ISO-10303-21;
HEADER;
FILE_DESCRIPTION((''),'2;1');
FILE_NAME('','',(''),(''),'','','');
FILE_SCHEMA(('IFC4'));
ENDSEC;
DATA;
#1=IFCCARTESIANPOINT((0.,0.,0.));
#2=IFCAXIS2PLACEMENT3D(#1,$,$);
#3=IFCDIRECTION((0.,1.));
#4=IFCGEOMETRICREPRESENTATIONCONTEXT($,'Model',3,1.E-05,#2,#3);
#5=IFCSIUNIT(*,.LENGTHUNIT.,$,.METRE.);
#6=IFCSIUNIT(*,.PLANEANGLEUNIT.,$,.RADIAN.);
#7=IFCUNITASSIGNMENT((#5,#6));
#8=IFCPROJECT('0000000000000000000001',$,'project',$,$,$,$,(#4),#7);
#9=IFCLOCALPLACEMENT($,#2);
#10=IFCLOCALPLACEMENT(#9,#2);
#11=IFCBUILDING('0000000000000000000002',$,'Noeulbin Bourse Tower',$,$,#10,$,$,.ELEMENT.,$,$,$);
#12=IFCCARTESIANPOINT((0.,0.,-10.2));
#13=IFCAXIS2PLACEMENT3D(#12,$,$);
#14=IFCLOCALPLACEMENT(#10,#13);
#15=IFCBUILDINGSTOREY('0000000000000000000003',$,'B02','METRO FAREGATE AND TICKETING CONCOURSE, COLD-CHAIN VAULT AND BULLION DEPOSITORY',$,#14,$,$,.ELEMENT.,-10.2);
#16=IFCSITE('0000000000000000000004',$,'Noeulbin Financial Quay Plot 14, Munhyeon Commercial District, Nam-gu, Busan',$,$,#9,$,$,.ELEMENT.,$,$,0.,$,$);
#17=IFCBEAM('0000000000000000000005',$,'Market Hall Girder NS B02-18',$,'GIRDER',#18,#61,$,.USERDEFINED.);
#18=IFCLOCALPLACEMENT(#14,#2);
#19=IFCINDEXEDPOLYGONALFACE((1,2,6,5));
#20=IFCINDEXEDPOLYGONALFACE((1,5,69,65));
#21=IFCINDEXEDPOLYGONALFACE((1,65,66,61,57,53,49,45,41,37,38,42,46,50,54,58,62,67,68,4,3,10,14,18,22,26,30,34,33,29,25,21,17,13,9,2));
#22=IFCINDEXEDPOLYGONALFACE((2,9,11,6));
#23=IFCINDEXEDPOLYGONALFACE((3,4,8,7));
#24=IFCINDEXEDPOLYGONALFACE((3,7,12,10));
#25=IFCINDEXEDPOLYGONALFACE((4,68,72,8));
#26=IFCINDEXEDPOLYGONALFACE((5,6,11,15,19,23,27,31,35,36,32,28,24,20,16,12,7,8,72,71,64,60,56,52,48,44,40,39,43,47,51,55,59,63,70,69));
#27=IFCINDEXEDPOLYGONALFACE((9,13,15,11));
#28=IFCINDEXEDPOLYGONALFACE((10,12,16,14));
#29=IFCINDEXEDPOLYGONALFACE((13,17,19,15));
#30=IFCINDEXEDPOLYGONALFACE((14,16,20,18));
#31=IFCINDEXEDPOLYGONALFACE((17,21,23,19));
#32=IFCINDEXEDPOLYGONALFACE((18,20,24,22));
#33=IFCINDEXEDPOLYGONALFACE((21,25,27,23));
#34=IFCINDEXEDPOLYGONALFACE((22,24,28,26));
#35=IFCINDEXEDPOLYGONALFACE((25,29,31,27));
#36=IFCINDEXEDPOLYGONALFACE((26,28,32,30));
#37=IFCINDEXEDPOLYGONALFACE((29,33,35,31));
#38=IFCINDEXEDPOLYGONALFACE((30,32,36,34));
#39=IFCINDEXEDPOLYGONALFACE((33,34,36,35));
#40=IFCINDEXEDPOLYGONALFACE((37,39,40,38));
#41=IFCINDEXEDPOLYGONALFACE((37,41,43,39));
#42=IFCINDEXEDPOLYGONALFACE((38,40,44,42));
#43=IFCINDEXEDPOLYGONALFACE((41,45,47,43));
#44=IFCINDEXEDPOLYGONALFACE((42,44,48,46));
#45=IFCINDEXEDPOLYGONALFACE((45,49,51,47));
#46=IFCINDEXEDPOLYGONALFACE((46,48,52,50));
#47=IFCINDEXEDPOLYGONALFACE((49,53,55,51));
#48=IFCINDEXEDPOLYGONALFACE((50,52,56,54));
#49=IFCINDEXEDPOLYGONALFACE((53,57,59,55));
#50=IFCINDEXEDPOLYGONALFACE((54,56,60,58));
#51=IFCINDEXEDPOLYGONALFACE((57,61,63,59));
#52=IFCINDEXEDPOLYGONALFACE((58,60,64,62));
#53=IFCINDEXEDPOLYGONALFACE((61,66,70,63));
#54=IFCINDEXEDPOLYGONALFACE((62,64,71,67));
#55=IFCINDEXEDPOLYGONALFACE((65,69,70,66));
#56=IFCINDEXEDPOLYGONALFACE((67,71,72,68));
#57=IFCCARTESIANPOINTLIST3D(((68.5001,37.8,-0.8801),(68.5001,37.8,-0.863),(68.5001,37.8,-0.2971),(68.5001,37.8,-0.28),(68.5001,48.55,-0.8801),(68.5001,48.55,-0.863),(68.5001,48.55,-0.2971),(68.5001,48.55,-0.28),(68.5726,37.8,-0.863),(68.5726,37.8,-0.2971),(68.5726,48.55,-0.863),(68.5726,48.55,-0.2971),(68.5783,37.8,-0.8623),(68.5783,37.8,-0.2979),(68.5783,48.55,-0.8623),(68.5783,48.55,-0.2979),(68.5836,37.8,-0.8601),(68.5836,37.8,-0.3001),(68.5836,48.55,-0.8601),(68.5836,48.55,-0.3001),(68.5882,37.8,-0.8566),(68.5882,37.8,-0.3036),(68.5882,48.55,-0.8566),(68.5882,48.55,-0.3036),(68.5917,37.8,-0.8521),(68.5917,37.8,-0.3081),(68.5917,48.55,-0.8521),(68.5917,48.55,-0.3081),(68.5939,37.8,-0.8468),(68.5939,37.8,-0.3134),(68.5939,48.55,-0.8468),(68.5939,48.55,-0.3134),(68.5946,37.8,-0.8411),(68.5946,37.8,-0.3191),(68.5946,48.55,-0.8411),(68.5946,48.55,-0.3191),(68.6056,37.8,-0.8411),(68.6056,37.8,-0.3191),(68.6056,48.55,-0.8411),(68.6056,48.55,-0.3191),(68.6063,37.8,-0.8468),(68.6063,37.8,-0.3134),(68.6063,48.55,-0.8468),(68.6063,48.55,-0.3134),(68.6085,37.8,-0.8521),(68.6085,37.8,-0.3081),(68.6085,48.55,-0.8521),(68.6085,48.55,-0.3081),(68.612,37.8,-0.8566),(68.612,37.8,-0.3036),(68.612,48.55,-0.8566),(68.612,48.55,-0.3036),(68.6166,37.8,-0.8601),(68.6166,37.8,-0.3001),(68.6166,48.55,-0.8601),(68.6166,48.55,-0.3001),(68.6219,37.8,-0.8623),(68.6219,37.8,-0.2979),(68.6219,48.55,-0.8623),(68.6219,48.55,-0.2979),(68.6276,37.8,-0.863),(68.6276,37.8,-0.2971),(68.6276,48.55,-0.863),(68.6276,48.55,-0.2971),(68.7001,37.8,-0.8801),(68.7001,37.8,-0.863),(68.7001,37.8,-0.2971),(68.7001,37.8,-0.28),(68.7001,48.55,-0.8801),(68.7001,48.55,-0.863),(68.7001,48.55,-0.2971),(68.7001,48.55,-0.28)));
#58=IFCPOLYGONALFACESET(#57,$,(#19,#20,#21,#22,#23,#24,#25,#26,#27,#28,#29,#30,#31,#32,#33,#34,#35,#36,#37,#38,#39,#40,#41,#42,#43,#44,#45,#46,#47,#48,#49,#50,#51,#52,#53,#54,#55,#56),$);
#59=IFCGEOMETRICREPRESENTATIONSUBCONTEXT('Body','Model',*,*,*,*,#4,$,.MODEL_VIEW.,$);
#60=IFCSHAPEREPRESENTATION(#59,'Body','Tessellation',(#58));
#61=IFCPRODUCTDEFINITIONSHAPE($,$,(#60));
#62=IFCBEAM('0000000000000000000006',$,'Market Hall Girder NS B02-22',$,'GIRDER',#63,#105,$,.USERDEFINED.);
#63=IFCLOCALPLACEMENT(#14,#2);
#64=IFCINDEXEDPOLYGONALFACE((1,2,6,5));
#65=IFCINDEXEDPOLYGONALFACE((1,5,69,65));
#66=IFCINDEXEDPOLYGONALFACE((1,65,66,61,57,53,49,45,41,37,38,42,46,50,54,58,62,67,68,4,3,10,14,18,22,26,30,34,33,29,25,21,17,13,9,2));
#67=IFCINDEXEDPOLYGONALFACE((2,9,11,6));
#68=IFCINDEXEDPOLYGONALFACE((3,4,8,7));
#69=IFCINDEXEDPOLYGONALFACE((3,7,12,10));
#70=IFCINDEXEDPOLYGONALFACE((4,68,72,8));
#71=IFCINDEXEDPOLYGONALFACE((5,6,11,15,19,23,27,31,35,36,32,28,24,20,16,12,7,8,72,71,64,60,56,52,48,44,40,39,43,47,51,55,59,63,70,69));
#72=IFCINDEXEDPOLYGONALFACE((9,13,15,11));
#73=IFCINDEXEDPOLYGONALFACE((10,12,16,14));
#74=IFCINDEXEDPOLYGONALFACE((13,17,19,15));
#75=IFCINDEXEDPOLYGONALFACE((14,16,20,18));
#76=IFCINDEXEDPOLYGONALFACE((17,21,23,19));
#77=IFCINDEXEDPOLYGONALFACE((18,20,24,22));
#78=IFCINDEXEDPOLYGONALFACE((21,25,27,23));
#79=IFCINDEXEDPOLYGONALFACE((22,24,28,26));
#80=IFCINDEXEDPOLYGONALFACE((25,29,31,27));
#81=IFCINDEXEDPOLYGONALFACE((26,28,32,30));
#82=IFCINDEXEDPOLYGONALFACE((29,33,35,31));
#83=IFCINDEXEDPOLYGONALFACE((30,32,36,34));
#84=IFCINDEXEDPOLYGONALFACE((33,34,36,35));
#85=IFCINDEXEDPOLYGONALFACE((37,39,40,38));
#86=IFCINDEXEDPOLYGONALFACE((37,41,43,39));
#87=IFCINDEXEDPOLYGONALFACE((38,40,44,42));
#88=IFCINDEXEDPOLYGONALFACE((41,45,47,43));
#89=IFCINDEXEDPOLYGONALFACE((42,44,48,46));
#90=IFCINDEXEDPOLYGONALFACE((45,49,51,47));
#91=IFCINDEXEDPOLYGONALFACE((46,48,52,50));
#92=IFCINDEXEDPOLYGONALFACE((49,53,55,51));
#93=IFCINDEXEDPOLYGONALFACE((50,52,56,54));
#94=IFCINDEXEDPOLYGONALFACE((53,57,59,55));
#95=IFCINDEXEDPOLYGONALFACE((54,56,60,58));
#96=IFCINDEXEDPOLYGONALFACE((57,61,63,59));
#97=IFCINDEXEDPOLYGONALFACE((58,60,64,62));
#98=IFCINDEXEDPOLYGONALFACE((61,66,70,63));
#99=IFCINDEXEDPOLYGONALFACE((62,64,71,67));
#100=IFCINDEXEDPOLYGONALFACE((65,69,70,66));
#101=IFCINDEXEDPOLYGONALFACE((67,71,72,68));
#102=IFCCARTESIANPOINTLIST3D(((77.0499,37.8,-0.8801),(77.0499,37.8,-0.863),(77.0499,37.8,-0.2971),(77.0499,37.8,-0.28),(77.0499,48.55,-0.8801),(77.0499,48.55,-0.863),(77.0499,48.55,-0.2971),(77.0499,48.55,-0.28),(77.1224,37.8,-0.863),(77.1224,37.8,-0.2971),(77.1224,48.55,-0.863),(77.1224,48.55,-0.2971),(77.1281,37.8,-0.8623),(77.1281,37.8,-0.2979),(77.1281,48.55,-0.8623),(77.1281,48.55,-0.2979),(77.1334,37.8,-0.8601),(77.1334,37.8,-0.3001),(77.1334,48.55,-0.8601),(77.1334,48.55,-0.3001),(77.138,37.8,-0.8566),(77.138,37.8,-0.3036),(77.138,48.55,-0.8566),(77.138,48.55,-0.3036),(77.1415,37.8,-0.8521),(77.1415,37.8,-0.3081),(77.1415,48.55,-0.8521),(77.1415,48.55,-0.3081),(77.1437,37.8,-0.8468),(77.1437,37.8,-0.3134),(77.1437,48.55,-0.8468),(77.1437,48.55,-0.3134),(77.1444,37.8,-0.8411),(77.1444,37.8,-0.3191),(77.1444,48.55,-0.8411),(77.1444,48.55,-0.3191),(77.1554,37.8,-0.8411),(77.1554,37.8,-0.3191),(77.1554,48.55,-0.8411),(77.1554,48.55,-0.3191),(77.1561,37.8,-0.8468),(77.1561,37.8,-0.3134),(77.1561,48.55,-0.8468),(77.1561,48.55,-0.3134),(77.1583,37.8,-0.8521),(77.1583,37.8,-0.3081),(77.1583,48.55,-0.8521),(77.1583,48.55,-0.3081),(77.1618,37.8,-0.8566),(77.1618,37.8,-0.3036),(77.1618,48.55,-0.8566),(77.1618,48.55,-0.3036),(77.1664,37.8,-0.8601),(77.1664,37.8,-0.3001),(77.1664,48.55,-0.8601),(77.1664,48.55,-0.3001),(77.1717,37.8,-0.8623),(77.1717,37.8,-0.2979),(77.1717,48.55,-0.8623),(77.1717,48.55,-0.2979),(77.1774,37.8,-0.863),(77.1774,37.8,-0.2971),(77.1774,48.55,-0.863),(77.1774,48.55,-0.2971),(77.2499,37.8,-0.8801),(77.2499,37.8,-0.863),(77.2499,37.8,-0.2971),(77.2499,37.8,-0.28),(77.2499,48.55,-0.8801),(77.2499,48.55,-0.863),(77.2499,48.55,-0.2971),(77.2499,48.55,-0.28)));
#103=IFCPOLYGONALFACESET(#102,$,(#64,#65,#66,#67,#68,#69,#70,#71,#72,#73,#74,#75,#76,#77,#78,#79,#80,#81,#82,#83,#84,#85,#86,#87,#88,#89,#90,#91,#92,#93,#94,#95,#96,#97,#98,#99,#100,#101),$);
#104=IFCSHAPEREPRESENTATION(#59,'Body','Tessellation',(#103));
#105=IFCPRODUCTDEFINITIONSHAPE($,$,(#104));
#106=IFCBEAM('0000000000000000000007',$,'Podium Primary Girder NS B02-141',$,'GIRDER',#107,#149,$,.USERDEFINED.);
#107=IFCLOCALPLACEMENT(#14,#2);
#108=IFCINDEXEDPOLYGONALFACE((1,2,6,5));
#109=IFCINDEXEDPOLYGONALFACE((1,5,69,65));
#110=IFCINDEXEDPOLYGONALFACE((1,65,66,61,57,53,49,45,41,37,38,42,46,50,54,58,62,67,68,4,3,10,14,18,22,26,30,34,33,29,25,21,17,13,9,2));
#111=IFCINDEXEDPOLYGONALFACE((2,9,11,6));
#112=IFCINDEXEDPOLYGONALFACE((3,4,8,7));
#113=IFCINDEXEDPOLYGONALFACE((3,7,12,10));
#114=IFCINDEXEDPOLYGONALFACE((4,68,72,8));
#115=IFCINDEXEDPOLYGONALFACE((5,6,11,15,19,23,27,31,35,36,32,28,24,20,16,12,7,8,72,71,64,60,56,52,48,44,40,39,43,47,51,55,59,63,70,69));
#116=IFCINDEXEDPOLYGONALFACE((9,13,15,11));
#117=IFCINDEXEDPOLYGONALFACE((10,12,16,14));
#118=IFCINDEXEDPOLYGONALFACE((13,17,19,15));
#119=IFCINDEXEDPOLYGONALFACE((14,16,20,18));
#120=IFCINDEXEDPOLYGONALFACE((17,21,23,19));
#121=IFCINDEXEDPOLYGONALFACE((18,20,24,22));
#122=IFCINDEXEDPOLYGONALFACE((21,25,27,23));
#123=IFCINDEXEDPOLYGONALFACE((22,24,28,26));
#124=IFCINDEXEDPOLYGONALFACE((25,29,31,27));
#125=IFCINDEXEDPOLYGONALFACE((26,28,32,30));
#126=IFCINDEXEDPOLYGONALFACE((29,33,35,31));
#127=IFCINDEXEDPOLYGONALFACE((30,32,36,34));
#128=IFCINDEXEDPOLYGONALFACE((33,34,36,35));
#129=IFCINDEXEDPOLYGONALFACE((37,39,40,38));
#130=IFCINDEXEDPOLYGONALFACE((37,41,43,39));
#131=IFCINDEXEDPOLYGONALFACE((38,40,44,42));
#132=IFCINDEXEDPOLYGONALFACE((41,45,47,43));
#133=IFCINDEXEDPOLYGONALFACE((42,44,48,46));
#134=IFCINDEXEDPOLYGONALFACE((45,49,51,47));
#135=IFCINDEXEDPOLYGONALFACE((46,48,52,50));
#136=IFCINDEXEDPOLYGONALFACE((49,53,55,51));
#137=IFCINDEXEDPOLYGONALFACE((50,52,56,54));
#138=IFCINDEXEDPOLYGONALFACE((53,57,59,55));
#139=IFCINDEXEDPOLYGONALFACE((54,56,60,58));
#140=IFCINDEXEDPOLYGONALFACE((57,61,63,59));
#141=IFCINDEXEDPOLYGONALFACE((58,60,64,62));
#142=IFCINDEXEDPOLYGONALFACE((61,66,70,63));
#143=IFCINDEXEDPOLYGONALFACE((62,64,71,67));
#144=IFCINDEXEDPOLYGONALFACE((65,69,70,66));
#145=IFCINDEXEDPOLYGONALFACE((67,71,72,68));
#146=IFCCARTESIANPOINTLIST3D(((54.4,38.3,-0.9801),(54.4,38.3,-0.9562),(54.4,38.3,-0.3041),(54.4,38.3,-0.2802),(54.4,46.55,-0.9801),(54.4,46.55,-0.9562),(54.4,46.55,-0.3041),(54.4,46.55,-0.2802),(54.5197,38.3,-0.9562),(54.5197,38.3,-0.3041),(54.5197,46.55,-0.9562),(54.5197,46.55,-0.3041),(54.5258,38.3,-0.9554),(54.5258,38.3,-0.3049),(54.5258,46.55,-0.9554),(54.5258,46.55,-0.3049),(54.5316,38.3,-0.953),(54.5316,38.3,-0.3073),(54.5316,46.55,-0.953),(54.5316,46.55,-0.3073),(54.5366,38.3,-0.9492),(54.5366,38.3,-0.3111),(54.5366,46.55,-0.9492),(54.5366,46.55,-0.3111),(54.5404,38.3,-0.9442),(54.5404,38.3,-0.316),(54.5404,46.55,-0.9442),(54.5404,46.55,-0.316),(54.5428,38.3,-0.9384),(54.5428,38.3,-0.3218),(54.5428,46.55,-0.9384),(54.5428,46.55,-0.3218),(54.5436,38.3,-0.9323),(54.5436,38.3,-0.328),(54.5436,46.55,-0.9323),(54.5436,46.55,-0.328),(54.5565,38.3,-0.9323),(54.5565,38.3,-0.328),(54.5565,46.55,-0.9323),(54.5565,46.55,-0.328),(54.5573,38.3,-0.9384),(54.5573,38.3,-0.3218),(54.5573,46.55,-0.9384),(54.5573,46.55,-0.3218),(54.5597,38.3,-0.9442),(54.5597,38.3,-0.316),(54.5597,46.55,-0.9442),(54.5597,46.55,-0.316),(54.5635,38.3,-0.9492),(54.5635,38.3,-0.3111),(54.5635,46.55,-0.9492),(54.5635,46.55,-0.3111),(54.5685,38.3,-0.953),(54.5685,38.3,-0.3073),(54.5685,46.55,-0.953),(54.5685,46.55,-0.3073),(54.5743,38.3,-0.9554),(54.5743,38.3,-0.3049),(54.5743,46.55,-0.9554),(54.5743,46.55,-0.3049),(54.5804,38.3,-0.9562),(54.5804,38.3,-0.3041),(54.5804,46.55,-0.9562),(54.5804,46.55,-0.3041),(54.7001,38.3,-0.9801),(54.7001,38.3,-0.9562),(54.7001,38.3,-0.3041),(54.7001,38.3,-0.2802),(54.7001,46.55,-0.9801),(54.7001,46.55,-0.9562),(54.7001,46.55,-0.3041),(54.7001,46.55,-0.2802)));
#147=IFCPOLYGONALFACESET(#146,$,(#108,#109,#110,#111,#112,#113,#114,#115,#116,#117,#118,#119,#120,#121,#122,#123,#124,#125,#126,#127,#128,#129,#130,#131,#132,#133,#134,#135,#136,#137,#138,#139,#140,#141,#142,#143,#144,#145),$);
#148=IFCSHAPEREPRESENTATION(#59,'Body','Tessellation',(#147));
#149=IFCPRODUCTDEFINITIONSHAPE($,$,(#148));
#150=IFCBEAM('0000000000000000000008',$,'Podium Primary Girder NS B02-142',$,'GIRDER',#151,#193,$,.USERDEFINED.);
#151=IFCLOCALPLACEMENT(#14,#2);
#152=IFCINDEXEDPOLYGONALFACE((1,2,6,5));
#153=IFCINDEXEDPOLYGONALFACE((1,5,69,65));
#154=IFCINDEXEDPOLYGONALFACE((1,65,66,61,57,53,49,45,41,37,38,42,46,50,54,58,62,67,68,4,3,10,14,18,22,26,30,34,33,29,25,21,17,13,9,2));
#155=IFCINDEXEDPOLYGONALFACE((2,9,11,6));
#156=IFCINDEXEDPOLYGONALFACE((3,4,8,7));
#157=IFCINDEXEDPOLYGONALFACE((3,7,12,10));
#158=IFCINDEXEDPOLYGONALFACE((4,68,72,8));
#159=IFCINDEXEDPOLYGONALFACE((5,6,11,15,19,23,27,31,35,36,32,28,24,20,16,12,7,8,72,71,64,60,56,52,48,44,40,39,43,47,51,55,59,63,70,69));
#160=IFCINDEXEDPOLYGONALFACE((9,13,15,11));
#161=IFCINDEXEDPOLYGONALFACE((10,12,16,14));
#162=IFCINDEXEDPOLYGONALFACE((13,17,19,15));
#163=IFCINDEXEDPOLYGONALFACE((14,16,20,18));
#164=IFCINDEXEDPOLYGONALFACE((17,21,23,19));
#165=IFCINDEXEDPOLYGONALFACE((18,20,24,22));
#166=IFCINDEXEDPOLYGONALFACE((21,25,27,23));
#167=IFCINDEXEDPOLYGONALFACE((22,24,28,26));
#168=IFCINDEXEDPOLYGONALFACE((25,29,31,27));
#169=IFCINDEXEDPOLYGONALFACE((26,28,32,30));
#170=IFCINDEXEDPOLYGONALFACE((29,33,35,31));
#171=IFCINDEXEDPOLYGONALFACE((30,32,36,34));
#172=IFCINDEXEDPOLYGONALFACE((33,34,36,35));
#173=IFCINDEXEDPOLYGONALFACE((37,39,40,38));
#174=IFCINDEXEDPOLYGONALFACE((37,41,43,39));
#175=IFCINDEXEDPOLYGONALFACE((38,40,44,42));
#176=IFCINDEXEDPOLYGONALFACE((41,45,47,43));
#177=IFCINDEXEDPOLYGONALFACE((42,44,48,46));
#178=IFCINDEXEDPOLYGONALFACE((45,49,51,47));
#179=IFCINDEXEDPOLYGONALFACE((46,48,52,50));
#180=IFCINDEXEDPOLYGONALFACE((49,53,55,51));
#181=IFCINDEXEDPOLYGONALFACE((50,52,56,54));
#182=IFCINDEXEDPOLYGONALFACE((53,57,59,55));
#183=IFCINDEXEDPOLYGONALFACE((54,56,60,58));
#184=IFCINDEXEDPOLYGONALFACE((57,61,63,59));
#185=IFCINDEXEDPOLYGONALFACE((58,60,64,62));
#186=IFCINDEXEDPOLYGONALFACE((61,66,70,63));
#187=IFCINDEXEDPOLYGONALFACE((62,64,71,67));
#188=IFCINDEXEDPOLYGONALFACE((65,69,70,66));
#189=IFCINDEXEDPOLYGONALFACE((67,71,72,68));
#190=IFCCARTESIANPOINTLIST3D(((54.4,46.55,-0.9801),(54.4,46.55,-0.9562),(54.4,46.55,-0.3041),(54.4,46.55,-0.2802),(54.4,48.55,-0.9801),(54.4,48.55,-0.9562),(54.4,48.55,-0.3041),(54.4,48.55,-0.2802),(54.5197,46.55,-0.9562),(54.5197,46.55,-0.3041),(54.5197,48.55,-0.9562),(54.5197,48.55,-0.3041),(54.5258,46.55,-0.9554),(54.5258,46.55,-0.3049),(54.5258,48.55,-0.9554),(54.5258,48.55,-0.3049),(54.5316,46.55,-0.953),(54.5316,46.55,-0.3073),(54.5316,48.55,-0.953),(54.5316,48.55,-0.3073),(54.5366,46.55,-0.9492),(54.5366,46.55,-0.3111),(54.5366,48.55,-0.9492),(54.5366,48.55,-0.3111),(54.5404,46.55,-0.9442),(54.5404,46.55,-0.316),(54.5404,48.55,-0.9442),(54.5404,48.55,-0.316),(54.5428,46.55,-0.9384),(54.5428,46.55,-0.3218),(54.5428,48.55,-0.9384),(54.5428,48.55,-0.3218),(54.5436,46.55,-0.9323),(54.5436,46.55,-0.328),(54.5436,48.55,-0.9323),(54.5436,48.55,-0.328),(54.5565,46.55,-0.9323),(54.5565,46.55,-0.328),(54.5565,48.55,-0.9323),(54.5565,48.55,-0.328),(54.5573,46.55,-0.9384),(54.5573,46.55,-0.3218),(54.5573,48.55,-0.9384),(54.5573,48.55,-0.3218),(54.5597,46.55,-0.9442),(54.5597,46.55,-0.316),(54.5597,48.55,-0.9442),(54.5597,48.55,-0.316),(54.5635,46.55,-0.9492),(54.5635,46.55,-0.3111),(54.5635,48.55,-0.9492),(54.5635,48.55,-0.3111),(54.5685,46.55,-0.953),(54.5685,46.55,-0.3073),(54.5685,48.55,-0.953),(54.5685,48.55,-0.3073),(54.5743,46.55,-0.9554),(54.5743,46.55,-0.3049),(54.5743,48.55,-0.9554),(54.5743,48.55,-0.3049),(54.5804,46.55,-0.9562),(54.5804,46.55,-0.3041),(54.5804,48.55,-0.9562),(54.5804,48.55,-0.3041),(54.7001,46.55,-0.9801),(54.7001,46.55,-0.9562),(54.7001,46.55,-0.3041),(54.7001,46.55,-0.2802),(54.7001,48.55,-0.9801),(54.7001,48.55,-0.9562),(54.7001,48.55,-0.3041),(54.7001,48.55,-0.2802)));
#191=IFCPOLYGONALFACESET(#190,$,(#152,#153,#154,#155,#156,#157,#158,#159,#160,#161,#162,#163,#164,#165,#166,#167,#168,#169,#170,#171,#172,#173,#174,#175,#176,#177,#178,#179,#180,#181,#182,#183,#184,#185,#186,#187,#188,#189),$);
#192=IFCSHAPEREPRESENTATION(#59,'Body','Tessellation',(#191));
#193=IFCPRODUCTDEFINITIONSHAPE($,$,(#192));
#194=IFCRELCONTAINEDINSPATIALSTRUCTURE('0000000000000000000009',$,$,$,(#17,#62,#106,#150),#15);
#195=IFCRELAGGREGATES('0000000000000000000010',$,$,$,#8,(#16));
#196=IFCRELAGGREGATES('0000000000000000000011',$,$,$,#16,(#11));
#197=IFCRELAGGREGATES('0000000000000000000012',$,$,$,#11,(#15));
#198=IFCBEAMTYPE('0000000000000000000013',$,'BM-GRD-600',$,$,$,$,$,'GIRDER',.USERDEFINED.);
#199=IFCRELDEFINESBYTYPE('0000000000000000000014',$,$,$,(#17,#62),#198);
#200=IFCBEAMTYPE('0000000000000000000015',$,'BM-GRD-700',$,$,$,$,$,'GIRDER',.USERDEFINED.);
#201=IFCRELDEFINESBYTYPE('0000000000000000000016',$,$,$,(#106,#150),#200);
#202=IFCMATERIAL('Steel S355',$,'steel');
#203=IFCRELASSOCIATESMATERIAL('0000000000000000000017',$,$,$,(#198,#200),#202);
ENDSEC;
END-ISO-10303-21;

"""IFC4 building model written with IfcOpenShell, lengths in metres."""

from ifc_helpers import new_model, si_unit, direction, frame, origin, origin_2d, place, context, subcontext, project, spatial, i_section, extrude, material, material_profile, profile_set, type_object, element, save


model = new_model("IFC4")

# Units and contexts
model_context = context("Model", 3, precision=1e-05, world=origin(), true_north=direction((0.0, 1.0)))
body_context = subcontext(model_context, "Body", "Model", "MODEL_VIEW")
ifc_project = project(units=[si_unit("LENGTHUNIT", "METRE"), si_unit("PLANEANGLEUNIT", "RADIAN")], contexts=[model_context])

# Site, building, storey
site_placement = place(None, origin())
site = spatial("IfcSite", under=ifc_project, at=site_placement, Name="Noeulbin Financial Quay Plot 14, Munhyeon Commercial District, Nam-gu, Busan", CompositionType="ELEMENT", RefElevation=0.0)
building_placement = place(site_placement, origin())
building = spatial("IfcBuilding", under=site, at=building_placement, Name="Noeulbin Bourse Tower", CompositionType="ELEMENT")
storey_placement = place(building_placement, frame((0.0, 0.0, -10.2)))
storey = spatial("IfcBuildingStorey", under=building, at=storey_placement, Name="B02", Description="METRO FAREGATE AND TICKETING CONCOURSE, COLD-CHAIN VAULT AND BULLION DEPOSITORY", CompositionType="ELEMENT", Elevation=-10.2)

# Beams
ifc_material_1 = material(Name="Steel S355", Category="steel")
ifc_material_profile_1 = material_profile(ifc_material_1, i_section(OverallWidth=0.2, OverallDepth=0.6001, WebThickness=0.011, FlangeThickness=0.0171, FilletRadius=0.022, at=origin_2d()), Name="H-600x200x11x17", Category="LoadBearing")
ifc_profile_set_1 = profile_set([ifc_material_profile_1], Name="Steel S355")
beam_type_1 = type_object("IfcBeamType", Name="BM-GRD-600", ElementType="GIRDER", PredefinedType="USERDEFINED", material=ifc_profile_set_1)
for number, where, z_axis, x_axis, name in (
    (1, (68.6001, 37.8, -0.5801), (0.0, 1.0, 0.0), (-1.0, 0.0, 0.0), "Market Hall Girder NS B02-18"),
    (2, (77.1499, 37.8, -0.5801), (0.0, 1.0, 0.0), (-1.0, 0.0, 0.0), "Market Hall Girder NS B02-22"),
):
    element("IfcBeam", number, at=place(storey_placement, frame(where, z_axis=z_axis, x_axis=x_axis)), inside=storey, type_object=beam_type_1, Name=name, ObjectType="GIRDER", PredefinedType="USERDEFINED", context=body_context, shape_type="SweptSolid", body=[
        extrude(i_section(OverallWidth=0.2, OverallDepth=0.6001, WebThickness=0.011, FlangeThickness=0.0171, FilletRadius=0.022, at=origin_2d()), origin(), (0.0, 0.0, 1.0), 10.75),
    ])
ifc_material_profile_2 = material_profile(ifc_material_1, i_section(OverallWidth=0.3, OverallDepth=0.7, WebThickness=0.0129, FlangeThickness=0.0239, FilletRadius=0.0239, at=origin_2d()), Name="H-700x300x13x24", Category="LoadBearing")
ifc_profile_set_2 = profile_set([ifc_material_profile_2], Name="Steel S355")
beam_type_2 = type_object("IfcBeamType", Name="BM-GRD-700", ElementType="GIRDER", PredefinedType="USERDEFINED", material=ifc_profile_set_2)
beam_1_placement = place(storey_placement, frame((54.55, 38.3, -0.6301), z_axis=(0.0, 1.0, 0.0), x_axis=(-1.0, 0.0, 0.0)))
element("IfcBeam", 3, at=beam_1_placement, inside=storey, type_object=beam_type_2, Name="Podium Primary Girder NS B02-141", ObjectType="GIRDER", PredefinedType="USERDEFINED", context=body_context, shape_type="SweptSolid", body=[
    extrude(i_section(OverallWidth=0.3, OverallDepth=0.7, WebThickness=0.0129, FlangeThickness=0.0239, FilletRadius=0.0239, at=origin_2d()), origin(), (0.0, 0.0, 1.0), 8.25),
])
beam_2_placement = place(storey_placement, frame((54.55, 46.55, -0.6301), z_axis=(0.0, 1.0, 0.0), x_axis=(-1.0, 0.0, 0.0)))
element("IfcBeam", 4, at=beam_2_placement, inside=storey, type_object=beam_type_2, Name="Podium Primary Girder NS B02-142", ObjectType="GIRDER", PredefinedType="USERDEFINED", context=body_context, shape_type="SweptSolid", body=[
    extrude(i_section(OverallWidth=0.3, OverallDepth=0.7, WebThickness=0.0129, FlangeThickness=0.0239, FilletRadius=0.0239, at=origin_2d()), origin(), (0.0, 0.0, 1.0), 2.0),
])

save(model, "model.ifc")
